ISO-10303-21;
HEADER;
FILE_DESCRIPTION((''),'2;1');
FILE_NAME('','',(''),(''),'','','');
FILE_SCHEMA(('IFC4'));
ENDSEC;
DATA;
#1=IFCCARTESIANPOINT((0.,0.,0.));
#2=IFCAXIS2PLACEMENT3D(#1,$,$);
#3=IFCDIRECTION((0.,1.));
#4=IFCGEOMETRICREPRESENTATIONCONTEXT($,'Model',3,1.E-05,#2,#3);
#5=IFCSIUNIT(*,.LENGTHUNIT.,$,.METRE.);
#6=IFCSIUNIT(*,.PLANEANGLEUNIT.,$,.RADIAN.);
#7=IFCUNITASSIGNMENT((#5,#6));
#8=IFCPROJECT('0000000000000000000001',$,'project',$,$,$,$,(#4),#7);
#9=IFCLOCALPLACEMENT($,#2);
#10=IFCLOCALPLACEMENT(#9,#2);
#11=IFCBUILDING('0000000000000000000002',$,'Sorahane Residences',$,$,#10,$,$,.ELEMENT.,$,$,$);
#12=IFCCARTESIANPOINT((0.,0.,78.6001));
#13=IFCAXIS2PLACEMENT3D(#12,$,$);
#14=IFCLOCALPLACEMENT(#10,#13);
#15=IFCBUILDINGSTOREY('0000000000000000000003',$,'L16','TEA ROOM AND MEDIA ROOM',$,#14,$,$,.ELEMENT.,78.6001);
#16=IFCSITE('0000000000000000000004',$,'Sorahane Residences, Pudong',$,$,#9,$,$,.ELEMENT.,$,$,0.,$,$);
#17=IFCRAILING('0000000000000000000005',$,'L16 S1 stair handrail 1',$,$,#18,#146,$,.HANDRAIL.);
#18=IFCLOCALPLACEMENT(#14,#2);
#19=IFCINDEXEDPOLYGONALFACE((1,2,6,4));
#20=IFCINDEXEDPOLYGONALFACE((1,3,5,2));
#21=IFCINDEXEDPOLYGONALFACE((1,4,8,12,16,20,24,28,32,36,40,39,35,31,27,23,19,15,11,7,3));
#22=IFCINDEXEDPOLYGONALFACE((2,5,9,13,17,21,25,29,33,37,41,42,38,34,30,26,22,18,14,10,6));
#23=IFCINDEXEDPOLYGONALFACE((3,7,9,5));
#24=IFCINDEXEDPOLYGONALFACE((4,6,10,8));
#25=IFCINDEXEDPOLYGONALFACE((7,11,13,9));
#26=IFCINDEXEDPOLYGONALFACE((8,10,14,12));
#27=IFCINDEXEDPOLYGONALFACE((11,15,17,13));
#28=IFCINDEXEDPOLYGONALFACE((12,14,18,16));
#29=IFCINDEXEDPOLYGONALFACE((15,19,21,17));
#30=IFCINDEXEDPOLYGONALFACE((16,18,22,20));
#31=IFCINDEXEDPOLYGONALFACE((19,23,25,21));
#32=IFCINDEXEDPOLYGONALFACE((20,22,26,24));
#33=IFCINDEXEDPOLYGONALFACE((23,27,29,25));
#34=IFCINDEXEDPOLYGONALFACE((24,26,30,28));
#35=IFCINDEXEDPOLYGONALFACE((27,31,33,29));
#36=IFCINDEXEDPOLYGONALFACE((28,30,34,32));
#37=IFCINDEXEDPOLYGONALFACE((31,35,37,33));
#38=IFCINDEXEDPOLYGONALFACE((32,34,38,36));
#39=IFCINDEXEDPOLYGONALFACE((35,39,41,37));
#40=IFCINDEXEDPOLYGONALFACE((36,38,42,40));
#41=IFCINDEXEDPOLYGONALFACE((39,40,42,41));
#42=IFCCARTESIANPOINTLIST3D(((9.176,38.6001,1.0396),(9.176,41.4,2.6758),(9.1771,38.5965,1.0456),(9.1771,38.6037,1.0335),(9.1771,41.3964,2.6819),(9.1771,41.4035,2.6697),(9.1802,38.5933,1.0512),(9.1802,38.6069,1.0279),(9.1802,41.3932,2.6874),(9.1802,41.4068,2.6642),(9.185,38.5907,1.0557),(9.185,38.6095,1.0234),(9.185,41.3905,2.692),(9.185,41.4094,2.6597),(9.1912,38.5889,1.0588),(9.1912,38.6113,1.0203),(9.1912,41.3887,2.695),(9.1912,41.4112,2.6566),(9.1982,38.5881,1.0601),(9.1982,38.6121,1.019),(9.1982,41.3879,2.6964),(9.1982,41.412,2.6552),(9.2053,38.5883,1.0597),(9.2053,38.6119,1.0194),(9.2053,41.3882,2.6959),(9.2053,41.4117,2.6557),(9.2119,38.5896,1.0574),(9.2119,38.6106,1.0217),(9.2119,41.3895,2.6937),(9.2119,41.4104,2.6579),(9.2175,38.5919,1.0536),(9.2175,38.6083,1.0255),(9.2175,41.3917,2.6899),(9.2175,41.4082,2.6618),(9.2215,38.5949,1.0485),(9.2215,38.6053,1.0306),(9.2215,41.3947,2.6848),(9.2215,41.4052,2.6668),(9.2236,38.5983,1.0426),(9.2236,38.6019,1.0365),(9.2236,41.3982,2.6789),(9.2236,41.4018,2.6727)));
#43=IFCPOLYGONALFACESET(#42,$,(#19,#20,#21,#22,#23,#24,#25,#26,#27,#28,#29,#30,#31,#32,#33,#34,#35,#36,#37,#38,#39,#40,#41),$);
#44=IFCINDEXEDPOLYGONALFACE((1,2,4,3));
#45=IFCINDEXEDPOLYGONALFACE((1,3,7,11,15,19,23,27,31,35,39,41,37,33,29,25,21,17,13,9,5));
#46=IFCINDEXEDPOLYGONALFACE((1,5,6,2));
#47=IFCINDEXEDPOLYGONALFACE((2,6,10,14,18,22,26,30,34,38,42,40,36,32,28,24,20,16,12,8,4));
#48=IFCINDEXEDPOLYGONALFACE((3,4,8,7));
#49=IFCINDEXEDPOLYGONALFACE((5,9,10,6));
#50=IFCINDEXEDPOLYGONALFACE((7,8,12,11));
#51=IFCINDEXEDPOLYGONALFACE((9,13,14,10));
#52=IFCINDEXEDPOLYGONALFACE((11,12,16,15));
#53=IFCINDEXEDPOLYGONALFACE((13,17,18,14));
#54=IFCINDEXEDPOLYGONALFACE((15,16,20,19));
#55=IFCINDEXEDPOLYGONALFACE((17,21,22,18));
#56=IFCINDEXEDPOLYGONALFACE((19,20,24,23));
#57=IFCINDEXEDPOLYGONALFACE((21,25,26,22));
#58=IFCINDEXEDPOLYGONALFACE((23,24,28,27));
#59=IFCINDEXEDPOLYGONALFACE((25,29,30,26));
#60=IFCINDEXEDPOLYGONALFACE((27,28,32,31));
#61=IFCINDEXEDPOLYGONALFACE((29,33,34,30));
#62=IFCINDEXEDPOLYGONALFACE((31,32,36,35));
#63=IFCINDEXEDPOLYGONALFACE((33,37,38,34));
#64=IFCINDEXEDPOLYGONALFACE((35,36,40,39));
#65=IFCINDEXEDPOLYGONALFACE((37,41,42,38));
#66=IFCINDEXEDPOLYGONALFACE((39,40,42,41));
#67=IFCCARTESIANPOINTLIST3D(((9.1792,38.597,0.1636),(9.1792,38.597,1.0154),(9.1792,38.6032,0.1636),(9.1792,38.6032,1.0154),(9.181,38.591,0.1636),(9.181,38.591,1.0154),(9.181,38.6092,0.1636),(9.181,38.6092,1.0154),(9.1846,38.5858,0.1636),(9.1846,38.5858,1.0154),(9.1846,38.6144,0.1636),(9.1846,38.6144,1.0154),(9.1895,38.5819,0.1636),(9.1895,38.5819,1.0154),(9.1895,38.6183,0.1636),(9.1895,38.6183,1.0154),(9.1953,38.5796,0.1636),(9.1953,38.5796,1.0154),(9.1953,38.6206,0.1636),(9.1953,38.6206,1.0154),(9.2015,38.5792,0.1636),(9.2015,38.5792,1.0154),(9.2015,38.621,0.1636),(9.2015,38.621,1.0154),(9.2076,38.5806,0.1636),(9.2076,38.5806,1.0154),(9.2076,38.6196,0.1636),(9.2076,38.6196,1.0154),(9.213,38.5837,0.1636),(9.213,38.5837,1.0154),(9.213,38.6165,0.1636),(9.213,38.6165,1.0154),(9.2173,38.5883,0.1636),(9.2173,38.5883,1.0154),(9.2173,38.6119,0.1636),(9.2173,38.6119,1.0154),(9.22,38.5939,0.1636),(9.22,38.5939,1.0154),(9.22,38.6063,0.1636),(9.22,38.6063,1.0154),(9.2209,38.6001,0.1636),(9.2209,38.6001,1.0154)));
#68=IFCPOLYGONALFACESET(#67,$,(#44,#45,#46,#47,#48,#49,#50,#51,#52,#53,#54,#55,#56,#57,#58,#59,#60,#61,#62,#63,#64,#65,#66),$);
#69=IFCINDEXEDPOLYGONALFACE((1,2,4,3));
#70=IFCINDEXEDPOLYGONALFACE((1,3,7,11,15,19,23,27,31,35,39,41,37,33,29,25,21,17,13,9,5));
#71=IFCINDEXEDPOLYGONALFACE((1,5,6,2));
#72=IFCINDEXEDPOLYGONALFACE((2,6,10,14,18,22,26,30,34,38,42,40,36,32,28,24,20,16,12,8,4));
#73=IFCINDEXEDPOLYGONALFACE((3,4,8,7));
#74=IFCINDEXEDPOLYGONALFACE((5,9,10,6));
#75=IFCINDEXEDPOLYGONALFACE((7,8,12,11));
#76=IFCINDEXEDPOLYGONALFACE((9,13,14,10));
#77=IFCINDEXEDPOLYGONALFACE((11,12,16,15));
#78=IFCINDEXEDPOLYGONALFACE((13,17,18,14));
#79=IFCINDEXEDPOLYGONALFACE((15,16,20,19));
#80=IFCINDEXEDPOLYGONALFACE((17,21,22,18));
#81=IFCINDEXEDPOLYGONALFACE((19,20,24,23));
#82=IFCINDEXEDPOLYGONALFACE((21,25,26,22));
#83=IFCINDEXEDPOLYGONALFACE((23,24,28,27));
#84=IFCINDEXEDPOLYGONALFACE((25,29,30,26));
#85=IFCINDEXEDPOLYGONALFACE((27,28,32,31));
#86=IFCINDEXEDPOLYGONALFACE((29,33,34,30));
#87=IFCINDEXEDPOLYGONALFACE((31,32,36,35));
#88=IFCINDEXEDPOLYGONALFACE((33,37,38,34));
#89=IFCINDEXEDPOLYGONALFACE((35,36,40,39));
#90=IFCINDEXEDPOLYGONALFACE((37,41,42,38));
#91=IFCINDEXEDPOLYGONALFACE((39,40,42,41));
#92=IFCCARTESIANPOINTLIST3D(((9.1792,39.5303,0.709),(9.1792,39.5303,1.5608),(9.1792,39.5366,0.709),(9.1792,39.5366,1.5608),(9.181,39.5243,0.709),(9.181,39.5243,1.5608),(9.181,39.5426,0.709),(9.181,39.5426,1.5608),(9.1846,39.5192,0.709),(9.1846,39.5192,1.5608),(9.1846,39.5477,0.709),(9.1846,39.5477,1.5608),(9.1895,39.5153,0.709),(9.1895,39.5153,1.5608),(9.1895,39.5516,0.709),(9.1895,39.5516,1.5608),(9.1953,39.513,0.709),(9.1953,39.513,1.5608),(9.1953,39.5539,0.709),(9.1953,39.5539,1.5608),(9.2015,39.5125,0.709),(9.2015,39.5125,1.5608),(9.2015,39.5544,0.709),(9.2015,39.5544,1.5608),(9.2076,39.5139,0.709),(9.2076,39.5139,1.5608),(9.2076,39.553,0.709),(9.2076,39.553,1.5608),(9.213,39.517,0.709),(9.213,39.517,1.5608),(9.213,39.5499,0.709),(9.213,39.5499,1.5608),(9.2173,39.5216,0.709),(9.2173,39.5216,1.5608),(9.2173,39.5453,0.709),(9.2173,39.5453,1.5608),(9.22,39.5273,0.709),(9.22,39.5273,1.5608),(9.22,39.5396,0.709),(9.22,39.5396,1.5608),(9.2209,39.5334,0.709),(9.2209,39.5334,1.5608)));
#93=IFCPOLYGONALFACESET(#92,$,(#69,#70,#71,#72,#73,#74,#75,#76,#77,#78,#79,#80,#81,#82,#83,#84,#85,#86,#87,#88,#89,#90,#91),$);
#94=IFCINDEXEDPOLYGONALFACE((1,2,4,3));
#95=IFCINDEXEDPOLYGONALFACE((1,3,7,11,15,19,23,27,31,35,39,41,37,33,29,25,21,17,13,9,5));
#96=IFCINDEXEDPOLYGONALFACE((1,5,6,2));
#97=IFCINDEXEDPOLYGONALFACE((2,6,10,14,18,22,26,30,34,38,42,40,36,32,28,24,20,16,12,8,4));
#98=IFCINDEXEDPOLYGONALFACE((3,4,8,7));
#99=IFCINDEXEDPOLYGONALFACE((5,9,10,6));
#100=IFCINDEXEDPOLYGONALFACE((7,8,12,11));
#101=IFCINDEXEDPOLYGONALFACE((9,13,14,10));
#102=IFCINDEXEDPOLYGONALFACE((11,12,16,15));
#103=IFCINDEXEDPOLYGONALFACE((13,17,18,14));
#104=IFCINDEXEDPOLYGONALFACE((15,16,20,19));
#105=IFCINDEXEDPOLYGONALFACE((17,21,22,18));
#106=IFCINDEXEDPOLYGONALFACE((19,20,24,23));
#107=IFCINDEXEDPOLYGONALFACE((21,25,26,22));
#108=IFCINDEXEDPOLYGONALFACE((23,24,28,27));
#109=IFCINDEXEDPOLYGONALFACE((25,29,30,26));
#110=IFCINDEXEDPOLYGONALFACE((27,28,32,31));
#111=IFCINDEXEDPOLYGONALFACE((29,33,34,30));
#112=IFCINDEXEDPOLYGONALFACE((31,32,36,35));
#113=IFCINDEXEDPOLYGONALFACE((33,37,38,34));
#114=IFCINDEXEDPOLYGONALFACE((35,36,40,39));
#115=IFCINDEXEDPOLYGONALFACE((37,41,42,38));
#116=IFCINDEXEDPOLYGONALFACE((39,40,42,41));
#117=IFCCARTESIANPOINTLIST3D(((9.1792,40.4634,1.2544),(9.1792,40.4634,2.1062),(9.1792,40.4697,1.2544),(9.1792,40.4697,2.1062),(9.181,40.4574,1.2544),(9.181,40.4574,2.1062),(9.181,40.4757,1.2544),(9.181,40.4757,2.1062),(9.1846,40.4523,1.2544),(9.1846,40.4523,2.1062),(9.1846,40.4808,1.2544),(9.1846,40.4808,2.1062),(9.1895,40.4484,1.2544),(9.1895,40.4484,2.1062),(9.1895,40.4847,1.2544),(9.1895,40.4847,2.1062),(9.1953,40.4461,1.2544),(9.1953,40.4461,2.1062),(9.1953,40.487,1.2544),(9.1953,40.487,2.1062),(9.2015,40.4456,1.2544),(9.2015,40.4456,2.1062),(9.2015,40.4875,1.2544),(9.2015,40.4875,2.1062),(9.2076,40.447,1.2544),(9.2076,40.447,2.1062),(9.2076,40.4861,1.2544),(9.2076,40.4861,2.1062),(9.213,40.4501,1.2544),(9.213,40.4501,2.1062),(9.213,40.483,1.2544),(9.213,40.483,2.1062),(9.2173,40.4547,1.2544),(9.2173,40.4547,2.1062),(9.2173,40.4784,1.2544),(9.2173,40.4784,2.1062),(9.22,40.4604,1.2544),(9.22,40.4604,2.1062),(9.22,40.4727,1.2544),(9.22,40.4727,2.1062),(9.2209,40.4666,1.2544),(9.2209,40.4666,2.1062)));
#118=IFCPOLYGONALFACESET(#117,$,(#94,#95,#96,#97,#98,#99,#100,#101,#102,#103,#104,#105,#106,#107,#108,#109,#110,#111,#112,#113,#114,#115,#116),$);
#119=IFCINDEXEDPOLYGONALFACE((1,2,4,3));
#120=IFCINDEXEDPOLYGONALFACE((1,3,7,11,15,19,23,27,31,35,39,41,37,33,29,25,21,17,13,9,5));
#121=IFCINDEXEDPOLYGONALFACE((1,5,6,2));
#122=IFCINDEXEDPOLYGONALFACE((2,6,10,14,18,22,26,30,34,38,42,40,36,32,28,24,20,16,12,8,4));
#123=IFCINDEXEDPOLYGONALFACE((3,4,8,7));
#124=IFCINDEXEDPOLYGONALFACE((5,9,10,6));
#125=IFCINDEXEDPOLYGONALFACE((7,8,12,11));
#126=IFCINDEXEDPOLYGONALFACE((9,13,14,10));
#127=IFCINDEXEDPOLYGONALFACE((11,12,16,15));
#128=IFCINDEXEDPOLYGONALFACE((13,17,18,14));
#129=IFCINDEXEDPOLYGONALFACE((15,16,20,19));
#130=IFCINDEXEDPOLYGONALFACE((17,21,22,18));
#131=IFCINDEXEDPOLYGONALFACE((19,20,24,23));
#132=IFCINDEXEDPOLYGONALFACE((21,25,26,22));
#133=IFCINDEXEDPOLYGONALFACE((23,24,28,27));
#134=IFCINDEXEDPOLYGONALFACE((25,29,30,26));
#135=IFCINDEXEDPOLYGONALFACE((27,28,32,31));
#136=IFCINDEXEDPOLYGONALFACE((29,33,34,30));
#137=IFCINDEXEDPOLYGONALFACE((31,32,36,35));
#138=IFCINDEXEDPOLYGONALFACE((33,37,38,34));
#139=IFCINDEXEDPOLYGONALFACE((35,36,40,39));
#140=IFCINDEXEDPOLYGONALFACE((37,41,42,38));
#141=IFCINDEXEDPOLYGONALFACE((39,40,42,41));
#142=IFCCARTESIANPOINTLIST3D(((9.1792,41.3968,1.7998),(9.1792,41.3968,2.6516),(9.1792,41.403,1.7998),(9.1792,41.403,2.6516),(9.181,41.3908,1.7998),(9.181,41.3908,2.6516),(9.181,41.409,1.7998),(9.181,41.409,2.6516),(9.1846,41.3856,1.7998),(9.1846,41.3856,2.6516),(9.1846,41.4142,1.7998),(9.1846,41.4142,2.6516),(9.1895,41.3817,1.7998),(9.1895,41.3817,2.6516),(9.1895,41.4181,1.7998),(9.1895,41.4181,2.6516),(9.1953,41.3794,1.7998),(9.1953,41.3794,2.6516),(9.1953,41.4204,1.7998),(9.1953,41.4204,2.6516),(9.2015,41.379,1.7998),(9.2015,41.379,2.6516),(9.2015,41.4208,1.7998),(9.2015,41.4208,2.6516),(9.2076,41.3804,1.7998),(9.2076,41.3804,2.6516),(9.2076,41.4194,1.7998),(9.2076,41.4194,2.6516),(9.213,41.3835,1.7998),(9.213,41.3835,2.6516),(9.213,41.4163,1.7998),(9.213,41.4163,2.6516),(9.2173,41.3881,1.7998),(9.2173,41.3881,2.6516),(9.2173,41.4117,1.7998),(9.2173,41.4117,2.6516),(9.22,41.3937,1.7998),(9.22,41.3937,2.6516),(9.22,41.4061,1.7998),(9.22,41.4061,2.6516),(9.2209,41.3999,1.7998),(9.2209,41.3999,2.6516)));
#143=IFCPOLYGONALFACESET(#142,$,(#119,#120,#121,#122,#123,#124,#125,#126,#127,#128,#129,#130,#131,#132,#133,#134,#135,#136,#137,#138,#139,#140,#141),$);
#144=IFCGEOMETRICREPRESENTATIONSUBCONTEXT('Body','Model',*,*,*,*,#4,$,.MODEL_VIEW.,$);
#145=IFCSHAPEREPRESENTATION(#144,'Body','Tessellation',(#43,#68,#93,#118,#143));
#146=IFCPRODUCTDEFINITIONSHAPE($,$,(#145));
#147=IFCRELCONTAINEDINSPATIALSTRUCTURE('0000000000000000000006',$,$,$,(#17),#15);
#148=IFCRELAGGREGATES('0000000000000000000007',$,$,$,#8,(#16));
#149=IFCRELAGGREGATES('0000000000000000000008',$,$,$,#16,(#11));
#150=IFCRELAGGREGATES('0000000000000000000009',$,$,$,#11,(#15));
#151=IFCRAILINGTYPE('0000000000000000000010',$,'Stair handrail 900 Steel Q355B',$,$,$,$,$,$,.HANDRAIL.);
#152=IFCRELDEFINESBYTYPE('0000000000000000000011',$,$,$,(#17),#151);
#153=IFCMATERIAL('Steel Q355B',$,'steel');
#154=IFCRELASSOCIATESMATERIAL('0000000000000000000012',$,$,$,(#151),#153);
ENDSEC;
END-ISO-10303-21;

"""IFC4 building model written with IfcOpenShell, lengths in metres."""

from ifc_helpers import new_model, si_unit, direction, frame, origin, origin_2d, place, context, subcontext, project, spatial, circle, extrude, material, type_object, element, save


model = new_model("IFC4")

# Units and contexts
model_context = context("Model", 3, precision=1e-05, world=origin(), true_north=direction((0.0, 1.0)))
body_context = subcontext(model_context, "Body", "Model", "MODEL_VIEW")
ifc_project = project(units=[si_unit("LENGTHUNIT", "METRE"), si_unit("PLANEANGLEUNIT", "RADIAN")], contexts=[model_context])

# Site, building, storey
site_placement = place(None, origin())
site = spatial("IfcSite", under=ifc_project, at=site_placement, Name="Sorahane Residences, Pudong", CompositionType="ELEMENT", RefElevation=0.0)
building_placement = place(site_placement, origin())
building = spatial("IfcBuilding", under=site, at=building_placement, Name="Sorahane Residences", CompositionType="ELEMENT")
storey_placement = place(building_placement, frame((0.0, 0.0, 78.6001)))
storey = spatial("IfcBuildingStorey", under=building, at=storey_placement, Name="L16", Description="TEA ROOM AND MEDIA ROOM", CompositionType="ELEMENT", Elevation=78.6001)

# Railing
ifc_material_1 = material(Name="Steel Q355B", Category="steel")
railing_type = type_object("IfcRailingType", Name="Stair handrail 900 Steel Q355B", PredefinedType="HANDRAIL", material=ifc_material_1)
railing_placement = place(storey_placement, frame((9.2, 38.6001, 0.1636)))
element("IfcRailing", 1, at=railing_placement, inside=storey, type_object=railing_type, Name="L16 S1 stair handrail 1", PredefinedType="HANDRAIL", context=body_context, shape_type="SweptSolid", body=[
    extrude(circle(Radius=0.0239, at=origin_2d()), frame((0.0, 0.0, 0.876), z_axis=(0.0, 0.863374, 0.504564), x_axis=(-1.0, 0.0, 0.0)), (0.0, 0.0, 1.0), 3.2429),
    extrude(circle(Radius=0.021, at=origin_2d()), origin(), (0.0, 0.0, 1.0), 0.8518),
    extrude(circle(Radius=0.021, at=origin_2d()), frame((0.0, 0.9333, 0.5454)), (0.0, 0.0, 1.0), 0.8518),
    extrude(circle(Radius=0.021, at=origin_2d()), frame((0.0, 1.8665, 1.0908)), (0.0, 0.0, 1.0), 0.8518),
    extrude(circle(Radius=0.021, at=origin_2d()), frame((0.0, 2.7998, 1.6362)), (0.0, 0.0, 1.0), 0.8518),
])

save(model, "model.ifc")
